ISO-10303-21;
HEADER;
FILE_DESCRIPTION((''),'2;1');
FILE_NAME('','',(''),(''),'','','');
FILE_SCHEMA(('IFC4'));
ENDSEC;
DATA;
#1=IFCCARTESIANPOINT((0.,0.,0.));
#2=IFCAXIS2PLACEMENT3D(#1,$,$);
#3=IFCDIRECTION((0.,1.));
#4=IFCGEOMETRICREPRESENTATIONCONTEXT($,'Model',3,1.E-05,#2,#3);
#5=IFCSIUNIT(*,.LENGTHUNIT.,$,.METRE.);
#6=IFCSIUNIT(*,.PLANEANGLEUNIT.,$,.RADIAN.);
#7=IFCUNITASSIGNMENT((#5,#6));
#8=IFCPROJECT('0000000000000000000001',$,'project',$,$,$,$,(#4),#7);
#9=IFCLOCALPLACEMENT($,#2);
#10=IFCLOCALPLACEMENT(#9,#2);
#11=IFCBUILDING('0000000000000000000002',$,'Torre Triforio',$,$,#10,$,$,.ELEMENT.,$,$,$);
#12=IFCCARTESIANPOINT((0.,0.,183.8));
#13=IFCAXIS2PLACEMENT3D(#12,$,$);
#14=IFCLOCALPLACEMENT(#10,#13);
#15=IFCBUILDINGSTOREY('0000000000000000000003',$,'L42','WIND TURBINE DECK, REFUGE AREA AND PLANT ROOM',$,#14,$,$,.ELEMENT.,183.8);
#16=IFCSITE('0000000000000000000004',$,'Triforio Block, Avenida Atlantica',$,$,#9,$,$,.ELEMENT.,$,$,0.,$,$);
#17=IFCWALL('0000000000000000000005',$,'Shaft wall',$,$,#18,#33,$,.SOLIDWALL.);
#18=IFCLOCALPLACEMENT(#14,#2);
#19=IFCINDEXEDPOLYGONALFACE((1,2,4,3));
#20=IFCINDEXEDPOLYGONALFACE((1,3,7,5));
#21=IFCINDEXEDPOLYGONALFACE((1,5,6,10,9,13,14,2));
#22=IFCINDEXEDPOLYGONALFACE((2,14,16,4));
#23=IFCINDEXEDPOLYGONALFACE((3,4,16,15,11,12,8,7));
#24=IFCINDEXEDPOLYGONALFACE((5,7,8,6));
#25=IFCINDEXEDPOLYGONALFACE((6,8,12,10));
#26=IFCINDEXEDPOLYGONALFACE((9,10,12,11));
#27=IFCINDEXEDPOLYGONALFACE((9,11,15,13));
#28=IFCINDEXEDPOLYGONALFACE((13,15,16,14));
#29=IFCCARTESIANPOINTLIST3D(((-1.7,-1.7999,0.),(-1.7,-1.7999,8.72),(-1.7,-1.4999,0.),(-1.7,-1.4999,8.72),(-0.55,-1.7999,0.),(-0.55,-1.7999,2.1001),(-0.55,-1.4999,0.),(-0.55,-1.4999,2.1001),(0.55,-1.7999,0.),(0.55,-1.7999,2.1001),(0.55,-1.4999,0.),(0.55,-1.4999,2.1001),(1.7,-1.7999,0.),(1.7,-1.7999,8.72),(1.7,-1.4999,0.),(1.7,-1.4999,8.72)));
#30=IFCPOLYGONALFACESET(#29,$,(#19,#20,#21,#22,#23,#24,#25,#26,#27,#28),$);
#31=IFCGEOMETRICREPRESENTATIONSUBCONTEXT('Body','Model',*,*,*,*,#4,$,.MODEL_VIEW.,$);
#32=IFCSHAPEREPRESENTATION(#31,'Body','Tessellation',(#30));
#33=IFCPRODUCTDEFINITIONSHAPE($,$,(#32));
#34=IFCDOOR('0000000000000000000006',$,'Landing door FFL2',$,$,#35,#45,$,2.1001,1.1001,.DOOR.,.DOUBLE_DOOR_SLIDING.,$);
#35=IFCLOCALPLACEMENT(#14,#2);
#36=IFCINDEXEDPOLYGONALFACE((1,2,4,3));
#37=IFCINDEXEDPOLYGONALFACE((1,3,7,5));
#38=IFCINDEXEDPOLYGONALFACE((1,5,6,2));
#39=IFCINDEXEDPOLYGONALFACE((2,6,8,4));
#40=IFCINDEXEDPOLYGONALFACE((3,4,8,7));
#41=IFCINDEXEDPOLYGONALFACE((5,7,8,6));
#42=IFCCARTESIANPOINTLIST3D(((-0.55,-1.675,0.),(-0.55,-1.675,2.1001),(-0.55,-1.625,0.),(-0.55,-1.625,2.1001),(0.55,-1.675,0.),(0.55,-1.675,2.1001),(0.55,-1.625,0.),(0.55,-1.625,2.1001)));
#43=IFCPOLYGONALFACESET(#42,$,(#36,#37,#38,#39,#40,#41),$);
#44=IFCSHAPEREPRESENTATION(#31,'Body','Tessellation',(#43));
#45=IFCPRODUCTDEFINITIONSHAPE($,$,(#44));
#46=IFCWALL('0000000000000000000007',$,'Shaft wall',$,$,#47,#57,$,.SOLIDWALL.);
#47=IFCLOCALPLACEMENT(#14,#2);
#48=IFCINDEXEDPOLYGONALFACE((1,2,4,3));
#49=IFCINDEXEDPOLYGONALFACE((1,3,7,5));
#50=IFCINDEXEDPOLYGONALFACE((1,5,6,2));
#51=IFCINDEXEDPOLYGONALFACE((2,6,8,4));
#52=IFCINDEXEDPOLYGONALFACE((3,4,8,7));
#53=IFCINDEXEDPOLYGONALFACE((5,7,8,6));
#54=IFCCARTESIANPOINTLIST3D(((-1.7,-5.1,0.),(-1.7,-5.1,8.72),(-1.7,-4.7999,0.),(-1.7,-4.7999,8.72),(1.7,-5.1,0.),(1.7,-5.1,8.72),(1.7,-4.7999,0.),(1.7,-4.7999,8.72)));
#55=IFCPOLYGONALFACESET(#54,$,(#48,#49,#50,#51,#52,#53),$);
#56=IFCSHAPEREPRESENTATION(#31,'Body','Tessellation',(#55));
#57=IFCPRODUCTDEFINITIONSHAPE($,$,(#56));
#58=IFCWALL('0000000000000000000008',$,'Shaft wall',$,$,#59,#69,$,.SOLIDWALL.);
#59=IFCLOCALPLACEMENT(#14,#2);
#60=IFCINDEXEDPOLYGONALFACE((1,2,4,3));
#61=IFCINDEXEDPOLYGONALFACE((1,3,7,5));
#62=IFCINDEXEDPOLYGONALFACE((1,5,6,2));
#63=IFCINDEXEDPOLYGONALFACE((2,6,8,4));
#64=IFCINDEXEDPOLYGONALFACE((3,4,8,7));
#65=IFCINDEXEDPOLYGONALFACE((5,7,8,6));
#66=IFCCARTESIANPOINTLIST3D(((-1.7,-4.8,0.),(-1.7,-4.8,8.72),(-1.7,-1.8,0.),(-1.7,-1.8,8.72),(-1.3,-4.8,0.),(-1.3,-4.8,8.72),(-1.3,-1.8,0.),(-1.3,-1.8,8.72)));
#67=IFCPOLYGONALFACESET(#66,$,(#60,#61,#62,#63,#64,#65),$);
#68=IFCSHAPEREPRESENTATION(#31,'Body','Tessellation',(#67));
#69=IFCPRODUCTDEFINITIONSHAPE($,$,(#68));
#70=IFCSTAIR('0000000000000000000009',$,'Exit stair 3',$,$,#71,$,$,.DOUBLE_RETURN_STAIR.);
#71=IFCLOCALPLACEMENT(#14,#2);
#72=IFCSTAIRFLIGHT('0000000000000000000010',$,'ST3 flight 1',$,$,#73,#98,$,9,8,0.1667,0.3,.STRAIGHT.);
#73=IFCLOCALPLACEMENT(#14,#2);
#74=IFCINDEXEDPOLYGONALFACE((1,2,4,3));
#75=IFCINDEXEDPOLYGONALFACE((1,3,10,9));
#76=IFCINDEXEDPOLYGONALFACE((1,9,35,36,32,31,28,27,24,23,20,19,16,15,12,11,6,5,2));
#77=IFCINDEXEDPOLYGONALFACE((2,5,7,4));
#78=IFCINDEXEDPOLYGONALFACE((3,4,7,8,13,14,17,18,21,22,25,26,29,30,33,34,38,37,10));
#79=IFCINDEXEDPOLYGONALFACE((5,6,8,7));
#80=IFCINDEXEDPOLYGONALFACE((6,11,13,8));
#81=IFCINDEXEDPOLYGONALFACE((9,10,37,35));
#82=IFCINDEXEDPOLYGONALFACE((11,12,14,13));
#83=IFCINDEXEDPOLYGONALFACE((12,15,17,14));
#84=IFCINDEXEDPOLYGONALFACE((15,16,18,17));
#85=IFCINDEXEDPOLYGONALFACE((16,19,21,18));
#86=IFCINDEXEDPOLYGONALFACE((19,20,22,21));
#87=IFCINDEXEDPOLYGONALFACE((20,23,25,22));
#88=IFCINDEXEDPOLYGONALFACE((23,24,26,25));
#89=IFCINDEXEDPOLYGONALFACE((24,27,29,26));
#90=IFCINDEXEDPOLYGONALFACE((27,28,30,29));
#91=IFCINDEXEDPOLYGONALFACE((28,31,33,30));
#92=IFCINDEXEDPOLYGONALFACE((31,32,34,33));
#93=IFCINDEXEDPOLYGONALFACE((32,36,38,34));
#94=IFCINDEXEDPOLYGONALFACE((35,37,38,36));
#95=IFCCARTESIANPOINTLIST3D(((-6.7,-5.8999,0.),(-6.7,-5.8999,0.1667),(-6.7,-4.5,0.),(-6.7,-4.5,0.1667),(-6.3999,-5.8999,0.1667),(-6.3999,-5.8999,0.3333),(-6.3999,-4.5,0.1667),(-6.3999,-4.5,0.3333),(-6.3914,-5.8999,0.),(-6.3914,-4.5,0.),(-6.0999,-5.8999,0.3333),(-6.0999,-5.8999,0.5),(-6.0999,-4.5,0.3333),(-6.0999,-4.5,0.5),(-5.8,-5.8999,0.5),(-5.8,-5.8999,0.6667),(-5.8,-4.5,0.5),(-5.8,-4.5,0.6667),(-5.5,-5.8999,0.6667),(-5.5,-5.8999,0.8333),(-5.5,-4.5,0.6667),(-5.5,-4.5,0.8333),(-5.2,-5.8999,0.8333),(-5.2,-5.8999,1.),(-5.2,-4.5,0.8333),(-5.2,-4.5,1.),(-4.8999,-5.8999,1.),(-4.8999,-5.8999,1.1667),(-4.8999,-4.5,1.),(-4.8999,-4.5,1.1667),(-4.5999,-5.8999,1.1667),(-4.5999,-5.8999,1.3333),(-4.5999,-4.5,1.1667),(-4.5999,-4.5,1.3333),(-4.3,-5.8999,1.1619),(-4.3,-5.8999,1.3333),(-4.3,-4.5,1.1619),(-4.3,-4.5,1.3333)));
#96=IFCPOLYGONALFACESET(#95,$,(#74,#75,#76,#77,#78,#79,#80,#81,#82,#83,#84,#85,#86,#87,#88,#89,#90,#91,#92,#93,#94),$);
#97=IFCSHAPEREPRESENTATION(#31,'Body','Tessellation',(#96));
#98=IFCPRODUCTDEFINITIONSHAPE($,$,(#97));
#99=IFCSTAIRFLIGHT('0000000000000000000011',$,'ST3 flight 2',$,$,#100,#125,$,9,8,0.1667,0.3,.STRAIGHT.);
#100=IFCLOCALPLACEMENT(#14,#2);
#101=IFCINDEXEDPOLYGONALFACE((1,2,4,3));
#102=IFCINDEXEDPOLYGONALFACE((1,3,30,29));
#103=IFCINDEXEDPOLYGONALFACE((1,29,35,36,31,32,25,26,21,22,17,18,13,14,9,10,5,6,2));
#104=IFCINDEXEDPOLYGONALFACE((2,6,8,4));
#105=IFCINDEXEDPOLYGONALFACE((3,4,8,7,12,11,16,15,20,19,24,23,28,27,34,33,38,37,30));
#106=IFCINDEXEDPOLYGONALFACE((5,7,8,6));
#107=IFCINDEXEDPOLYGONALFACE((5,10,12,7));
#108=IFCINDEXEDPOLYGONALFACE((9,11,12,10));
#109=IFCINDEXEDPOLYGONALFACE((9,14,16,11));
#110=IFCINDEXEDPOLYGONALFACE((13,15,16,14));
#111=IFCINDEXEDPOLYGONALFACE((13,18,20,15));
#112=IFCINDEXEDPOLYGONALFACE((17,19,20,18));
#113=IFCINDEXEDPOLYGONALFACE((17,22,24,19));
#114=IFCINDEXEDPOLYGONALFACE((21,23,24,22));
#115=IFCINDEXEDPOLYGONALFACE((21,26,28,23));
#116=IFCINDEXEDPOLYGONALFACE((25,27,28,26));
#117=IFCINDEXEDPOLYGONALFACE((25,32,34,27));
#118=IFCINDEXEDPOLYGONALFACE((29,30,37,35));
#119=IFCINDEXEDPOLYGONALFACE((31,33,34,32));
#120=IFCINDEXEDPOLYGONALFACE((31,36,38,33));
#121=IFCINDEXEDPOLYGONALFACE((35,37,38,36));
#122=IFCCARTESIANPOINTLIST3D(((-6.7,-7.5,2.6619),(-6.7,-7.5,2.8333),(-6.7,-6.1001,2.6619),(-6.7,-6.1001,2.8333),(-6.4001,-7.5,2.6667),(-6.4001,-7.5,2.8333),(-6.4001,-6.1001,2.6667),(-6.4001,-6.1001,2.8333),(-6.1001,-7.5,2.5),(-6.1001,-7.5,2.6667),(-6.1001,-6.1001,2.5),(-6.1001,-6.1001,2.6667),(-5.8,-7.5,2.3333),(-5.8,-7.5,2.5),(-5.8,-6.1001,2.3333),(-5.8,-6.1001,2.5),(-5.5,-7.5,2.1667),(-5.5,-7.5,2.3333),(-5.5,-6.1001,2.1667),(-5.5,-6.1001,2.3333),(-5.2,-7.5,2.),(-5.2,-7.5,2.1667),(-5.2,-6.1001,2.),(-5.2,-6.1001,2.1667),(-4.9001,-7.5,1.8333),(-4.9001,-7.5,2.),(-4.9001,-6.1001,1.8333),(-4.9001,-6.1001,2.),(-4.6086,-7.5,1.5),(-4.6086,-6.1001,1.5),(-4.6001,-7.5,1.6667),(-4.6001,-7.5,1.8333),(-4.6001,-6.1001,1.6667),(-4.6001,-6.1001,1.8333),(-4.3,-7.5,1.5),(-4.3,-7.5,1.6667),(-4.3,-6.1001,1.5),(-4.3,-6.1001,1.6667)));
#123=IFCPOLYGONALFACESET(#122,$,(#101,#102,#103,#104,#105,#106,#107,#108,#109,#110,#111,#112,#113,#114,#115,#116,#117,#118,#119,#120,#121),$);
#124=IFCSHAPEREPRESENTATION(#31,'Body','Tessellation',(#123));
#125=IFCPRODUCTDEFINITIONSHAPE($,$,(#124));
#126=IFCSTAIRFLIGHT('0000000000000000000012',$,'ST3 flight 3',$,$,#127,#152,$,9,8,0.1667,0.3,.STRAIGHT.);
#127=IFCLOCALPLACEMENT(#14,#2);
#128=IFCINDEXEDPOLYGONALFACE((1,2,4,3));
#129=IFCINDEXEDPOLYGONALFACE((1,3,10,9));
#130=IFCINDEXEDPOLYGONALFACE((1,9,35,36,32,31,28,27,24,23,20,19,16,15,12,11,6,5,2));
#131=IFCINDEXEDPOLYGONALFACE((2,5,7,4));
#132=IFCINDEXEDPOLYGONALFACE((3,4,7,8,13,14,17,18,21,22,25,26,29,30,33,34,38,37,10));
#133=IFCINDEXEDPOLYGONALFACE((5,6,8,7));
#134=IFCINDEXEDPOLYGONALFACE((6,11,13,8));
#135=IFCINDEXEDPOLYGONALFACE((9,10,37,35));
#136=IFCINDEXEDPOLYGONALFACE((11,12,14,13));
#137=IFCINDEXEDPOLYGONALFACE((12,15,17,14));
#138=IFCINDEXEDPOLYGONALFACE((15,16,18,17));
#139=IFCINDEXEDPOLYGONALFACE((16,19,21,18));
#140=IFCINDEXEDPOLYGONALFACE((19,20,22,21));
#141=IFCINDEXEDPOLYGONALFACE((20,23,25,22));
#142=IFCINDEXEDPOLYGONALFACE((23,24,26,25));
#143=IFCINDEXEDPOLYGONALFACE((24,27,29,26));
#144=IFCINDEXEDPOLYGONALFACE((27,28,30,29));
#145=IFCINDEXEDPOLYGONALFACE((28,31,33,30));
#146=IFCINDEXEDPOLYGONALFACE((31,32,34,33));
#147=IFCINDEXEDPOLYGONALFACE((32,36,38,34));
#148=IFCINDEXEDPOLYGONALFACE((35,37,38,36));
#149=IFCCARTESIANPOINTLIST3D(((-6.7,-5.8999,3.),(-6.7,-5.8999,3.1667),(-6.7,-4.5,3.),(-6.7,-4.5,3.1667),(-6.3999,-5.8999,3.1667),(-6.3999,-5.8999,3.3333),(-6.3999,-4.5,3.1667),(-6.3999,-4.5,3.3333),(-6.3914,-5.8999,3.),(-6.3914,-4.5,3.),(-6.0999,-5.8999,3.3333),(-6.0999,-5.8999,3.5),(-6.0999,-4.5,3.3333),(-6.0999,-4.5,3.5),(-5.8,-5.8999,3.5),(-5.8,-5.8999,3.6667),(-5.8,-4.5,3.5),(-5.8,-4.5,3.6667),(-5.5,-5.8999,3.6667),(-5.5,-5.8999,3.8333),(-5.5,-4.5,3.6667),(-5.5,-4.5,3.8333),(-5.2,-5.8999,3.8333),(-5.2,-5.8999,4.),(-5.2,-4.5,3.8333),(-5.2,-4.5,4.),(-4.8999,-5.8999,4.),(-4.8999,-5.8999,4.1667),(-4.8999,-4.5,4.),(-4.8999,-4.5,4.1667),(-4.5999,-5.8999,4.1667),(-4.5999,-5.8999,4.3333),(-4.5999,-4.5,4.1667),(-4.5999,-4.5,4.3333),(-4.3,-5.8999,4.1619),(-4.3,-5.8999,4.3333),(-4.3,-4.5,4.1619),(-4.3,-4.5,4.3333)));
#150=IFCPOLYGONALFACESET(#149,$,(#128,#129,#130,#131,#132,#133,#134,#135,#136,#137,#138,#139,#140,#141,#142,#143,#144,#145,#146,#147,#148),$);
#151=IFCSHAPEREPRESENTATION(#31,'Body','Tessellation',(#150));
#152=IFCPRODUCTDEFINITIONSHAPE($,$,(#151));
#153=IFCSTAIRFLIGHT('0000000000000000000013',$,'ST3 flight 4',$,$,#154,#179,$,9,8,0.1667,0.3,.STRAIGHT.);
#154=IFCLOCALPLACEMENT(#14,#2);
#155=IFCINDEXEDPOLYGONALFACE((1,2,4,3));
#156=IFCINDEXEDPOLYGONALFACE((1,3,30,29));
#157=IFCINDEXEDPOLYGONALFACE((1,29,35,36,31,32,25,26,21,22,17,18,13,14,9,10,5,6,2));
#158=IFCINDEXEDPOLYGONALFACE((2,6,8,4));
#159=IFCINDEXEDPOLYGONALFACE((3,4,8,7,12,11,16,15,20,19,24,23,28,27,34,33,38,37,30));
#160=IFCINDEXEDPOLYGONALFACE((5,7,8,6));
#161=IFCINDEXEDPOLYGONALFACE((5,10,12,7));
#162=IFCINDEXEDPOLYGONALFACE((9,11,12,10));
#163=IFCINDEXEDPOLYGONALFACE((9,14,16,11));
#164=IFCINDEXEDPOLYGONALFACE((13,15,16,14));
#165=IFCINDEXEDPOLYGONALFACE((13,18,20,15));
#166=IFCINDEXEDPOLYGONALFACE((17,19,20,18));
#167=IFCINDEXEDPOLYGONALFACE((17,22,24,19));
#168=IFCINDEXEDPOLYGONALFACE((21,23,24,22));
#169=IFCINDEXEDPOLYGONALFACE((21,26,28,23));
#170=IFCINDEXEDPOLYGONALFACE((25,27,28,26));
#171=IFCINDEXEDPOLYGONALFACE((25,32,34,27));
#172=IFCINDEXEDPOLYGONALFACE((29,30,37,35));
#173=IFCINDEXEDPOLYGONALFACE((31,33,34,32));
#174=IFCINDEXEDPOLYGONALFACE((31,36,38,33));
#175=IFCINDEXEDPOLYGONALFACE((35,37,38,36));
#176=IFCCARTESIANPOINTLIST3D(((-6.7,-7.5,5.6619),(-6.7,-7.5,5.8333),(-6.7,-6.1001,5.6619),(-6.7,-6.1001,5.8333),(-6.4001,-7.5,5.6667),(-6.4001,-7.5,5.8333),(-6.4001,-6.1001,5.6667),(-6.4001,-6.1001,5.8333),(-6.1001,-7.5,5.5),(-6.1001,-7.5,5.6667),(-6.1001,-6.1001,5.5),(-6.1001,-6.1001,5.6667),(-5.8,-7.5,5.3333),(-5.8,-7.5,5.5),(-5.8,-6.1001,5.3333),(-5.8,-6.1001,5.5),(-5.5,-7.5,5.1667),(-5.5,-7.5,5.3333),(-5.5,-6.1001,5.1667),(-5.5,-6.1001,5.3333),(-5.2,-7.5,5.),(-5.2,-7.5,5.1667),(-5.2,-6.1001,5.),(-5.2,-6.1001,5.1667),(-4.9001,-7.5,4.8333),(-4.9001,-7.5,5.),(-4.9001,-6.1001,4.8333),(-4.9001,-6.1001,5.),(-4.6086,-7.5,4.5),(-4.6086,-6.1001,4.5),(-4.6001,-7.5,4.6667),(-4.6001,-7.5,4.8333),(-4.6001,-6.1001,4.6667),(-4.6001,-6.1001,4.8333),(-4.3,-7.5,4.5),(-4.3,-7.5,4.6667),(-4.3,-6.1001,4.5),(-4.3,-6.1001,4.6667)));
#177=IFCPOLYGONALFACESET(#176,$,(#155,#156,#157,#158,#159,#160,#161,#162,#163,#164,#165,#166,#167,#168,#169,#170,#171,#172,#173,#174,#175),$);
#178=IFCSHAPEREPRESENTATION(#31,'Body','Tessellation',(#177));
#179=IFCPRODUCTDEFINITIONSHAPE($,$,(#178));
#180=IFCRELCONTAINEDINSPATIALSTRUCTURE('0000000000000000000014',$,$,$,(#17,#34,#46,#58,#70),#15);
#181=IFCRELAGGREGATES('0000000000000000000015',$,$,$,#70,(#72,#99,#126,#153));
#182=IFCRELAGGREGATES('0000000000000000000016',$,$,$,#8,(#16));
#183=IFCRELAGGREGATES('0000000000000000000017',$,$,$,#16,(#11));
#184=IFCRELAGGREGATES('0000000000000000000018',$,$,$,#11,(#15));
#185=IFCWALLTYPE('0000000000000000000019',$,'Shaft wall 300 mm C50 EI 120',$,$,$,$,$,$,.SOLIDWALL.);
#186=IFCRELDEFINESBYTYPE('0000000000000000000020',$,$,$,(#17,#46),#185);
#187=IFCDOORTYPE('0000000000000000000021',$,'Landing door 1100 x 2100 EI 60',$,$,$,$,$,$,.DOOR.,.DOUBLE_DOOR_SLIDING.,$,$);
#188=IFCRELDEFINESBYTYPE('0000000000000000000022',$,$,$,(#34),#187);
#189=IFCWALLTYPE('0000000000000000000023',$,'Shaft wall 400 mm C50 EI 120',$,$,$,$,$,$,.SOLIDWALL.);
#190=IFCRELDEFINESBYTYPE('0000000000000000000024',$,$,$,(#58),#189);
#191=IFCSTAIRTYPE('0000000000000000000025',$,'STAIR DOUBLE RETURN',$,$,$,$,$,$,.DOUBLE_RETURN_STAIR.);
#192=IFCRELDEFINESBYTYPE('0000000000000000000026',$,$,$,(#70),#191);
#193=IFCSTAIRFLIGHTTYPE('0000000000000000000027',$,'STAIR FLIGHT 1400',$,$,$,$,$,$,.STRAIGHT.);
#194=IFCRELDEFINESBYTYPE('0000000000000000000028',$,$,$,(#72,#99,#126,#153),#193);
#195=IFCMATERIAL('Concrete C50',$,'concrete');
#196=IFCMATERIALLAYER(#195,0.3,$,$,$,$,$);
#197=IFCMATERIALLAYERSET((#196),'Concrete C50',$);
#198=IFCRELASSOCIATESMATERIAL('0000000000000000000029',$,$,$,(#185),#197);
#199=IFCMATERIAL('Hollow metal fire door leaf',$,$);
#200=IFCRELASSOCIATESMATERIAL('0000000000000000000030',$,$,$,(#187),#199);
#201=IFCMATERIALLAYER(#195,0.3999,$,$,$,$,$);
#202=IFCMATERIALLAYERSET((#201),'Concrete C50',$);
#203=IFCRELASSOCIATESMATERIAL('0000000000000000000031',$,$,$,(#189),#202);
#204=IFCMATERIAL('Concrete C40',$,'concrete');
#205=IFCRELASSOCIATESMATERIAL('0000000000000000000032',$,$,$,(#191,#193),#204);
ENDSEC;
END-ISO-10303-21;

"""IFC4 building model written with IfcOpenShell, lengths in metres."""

from ifc_helpers import new_model, si_unit, direction, frame, frame_2d, origin, place, context, subcontext, project, spatial, polyline, rectangle, outline, extrude, material, layer, layer_set, type_object, element, fill, aggregate, save


model = new_model("IFC4")

# Units and contexts
model_context = context("Model", 3, precision=1e-05, world=origin(), true_north=direction((0.0, 1.0)))
body_context = subcontext(model_context, "Body", "Model", "MODEL_VIEW")
ifc_project = project(units=[si_unit("LENGTHUNIT", "METRE"), si_unit("PLANEANGLEUNIT", "RADIAN")], contexts=[model_context])

# Site, building, storey
site_placement = place(None, origin())
site = spatial("IfcSite", under=ifc_project, at=site_placement, Name="Triforio Block, Avenida Atlantica", CompositionType="ELEMENT", RefElevation=0.0)
building_placement = place(site_placement, origin())
building = spatial("IfcBuilding", under=site, at=building_placement, Name="Torre Triforio", CompositionType="ELEMENT")
storey_placement = place(building_placement, frame((0.0, 0.0, 183.8)))
storey = spatial("IfcBuildingStorey", under=building, at=storey_placement, Name="L42", Description="WIND TURBINE DECK, REFUGE AREA AND PLANT ROOM", CompositionType="ELEMENT", Elevation=183.8)

# Shared definitions
ifc_material_1 = material(Name="Concrete C40", Category="concrete")

# Shared definitions
ifc_material_2 = material(Name="Hollow metal fire door leaf")

# Shared definitions
ifc_material_3 = material(Name="Concrete C50", Category="concrete")
ifc_layer_1 = layer(ifc_material_3, 0.3)
ifc_layer_set_1 = layer_set([ifc_layer_1], Name="Concrete C50")
wall_type_1 = type_object("IfcWallType", Name="Shaft wall 300 mm C50 EI 120", PredefinedType="SOLIDWALL", material=ifc_layer_set_1)

# Wall, opening, door
wall_1_placement = place(storey_placement, frame((-1.7, -1.6499, 0.0), z_axis=(0.0, 0.0, 1.0), x_axis=(1.0, 0.0, 0.0)))
wall_1 = element("IfcWall", 1, at=wall_1_placement, inside=storey, type_object=wall_type_1, Name="Shaft wall", PredefinedType="SOLIDWALL", context=body_context, shape_type="SweptSolid", body=[
    extrude(rectangle(XDim=3.3999, YDim=0.3, at=frame_2d((1.7, 0.0))), origin(), (0.0, 0.0, 1.0), 8.72),
])
opening_1_placement = place(wall_1_placement, frame((1.1499, 0.0, 0.0)))
opening_1 = element("IfcOpeningElement", 2, at=opening_1_placement, cuts=wall_1, PredefinedType="OPENING", context=body_context, shape_type="SweptSolid", body=[
    extrude(rectangle(XDim=1.1001, YDim=2.1001, at=frame_2d((0.55, 1.05))), frame((0.0, 0.1599, 0.0), z_axis=(0.0, -1.0, 0.0), x_axis=(1.0, 0.0, 0.0)), (0.0, 0.0, 1.0), 0.3201),
])
door_type_1 = type_object("IfcDoorType", Name="Landing door 1100 x 2100 EI 60", OperationType="DOUBLE_DOOR_SLIDING", PredefinedType="DOOR", material=ifc_material_2)
door_1_placement = place(opening_1_placement, origin())
door_1 = element("IfcDoor", 3, at=door_1_placement, inside=storey, type_object=door_type_1, Name="Landing door FFL2", OperationType="DOUBLE_DOOR_SLIDING", OverallHeight=2.1001, OverallWidth=1.1001, PredefinedType="DOOR", context=body_context, shape_type="SweptSolid", body=[
    extrude(rectangle(XDim=1.1001, YDim=2.1001, at=frame_2d((0.55, 1.05))), frame((0.0, 0.0249, 0.0), z_axis=(0.0, -1.0, 0.0), x_axis=(1.0, 0.0, 0.0)), (0.0, 0.0, 1.0), 0.05),
])
fill(opening_1, door_1)

# Walls
wall_2_placement = place(storey_placement, frame((-1.7, -4.95, 0.0), z_axis=(0.0, 0.0, 1.0), x_axis=(1.0, 0.0, 0.0)))
element("IfcWall", 4, at=wall_2_placement, inside=storey, type_object=wall_type_1, Name="Shaft wall", PredefinedType="SOLIDWALL", context=body_context, shape_type="SweptSolid", body=[
    extrude(rectangle(XDim=3.3999, YDim=0.3, at=frame_2d((1.7, 0.0))), origin(), (0.0, 0.0, 1.0), 8.72),
])
ifc_layer_2 = layer(ifc_material_3, 0.3999)
ifc_layer_set_2 = layer_set([ifc_layer_2], Name="Concrete C50")
wall_type_2 = type_object("IfcWallType", Name="Shaft wall 400 mm C50 EI 120", PredefinedType="SOLIDWALL", material=ifc_layer_set_2)
wall_3_placement = place(storey_placement, frame((-1.5, -4.8, 0.0), z_axis=(0.0, 0.0, 1.0), x_axis=(0.0, 1.0, 0.0)))
element("IfcWall", 5, at=wall_3_placement, inside=storey, type_object=wall_type_2, Name="Shaft wall", PredefinedType="SOLIDWALL", context=body_context, shape_type="SweptSolid", body=[
    extrude(rectangle(XDim=3.0, YDim=0.3999, at=frame_2d((1.5, 0.0))), origin(), (0.0, 0.0, 1.0), 8.72),
])

# Stair, stair flights
stair_type = type_object("IfcStairType", Name="STAIR DOUBLE RETURN", PredefinedType="DOUBLE_RETURN_STAIR", material=ifc_material_1)
stair_placement = place(storey_placement, origin())
stair = element("IfcStair", 6, at=stair_placement, inside=storey, type_object=stair_type, Name="Exit stair 3", PredefinedType="DOUBLE_RETURN_STAIR")
stair_flight_type = type_object("IfcStairFlightType", Name="STAIR FLIGHT 1400", PredefinedType="STRAIGHT", material=ifc_material_1)
stair_flight_1_placement = place(storey_placement, frame((-6.7, -5.2, 0.0), z_axis=(0.0, 0.0, 1.0), x_axis=(1.0, 0.0, 0.0)))
stair_flight_1 = element("IfcStairFlight", 7, at=stair_flight_1_placement, type_object=stair_flight_type, Name="ST3 flight 1", NumberOfRisers=9, NumberOfTreads=8, PredefinedType="STRAIGHT", RiserHeight=0.1667, TreadLength=0.3, context=body_context, shape_type="SweptSolid", body=[
    extrude(outline(polyline([(0.0, 0.0), (0.0, 0.1667), (0.3, 0.1667), (0.3, 0.3333), (0.6001, 0.3333), (0.6001, 0.5), (0.8999, 0.5), (0.8999, 0.6667), (1.2, 0.6667), (1.2, 0.8333), (1.5, 0.8333), (1.5, 1.0), (1.8, 1.0), (1.8, 1.1667), (2.1001, 1.1667), (2.1001, 1.3333), (2.3999, 1.3333), (2.3999, 1.5), (2.3999, 1.1619), (0.3086, 0.0), (0.0, 0.0)])), frame((0.0, 0.7, 0.0), z_axis=(0.0, -1.0, 0.0), x_axis=(1.0, 0.0, 0.0)), (0.0, 0.0, 1.0), 1.3999),
])
stair_flight_2_placement = place(storey_placement, frame((-4.3, -6.8, 1.5), z_axis=(0.0, 0.0, 1.0), x_axis=(-1.0, 0.0, 0.0)))
stair_flight_2 = element("IfcStairFlight", 8, at=stair_flight_2_placement, type_object=stair_flight_type, Name="ST3 flight 2", NumberOfRisers=9, NumberOfTreads=8, PredefinedType="STRAIGHT", RiserHeight=0.1667, TreadLength=0.3, context=body_context, shape_type="SweptSolid", body=[
    extrude(outline(polyline([(0.0, 0.0), (0.0, 0.1667), (0.3, 0.1667), (0.3, 0.3333), (0.6001, 0.3333), (0.6001, 0.5), (0.8999, 0.5), (0.8999, 0.6667), (1.2, 0.6667), (1.2, 0.8333), (1.5, 0.8333), (1.5, 1.0), (1.8, 1.0), (1.8, 1.1667), (2.1001, 1.1667), (2.1001, 1.3333), (2.3999, 1.3333), (2.3999, 1.5), (2.3999, 1.1619), (0.3086, 0.0), (0.0, 0.0)])), frame((0.0, 0.7, 0.0), z_axis=(0.0, -1.0, 0.0), x_axis=(1.0, 0.0, 0.0)), (0.0, 0.0, 1.0), 1.3999),
])
stair_flight_3_placement = place(storey_placement, frame((-6.7, -5.2, 3.0), z_axis=(0.0, 0.0, 1.0), x_axis=(1.0, 0.0, 0.0)))
stair_flight_3 = element("IfcStairFlight", 9, at=stair_flight_3_placement, type_object=stair_flight_type, Name="ST3 flight 3", NumberOfRisers=9, NumberOfTreads=8, PredefinedType="STRAIGHT", RiserHeight=0.1667, TreadLength=0.3, context=body_context, shape_type="SweptSolid", body=[
    extrude(outline(polyline([(0.0, 0.0), (0.0, 0.1667), (0.3, 0.1667), (0.3, 0.3333), (0.6001, 0.3333), (0.6001, 0.5), (0.8999, 0.5), (0.8999, 0.6667), (1.2, 0.6667), (1.2, 0.8333), (1.5, 0.8333), (1.5, 1.0), (1.8, 1.0), (1.8, 1.1667), (2.1001, 1.1667), (2.1001, 1.3333), (2.3999, 1.3333), (2.3999, 1.5), (2.3999, 1.1619), (0.3086, 0.0), (0.0, 0.0)])), frame((0.0, 0.7, 0.0), z_axis=(0.0, -1.0, 0.0), x_axis=(1.0, 0.0, 0.0)), (0.0, 0.0, 1.0), 1.3999),
])
stair_flight_4_placement = place(storey_placement, frame((-4.3, -6.8, 4.5), z_axis=(0.0, 0.0, 1.0), x_axis=(-1.0, 0.0, 0.0)))
stair_flight_4 = element("IfcStairFlight", 10, at=stair_flight_4_placement, type_object=stair_flight_type, Name="ST3 flight 4", NumberOfRisers=9, NumberOfTreads=8, PredefinedType="STRAIGHT", RiserHeight=0.1667, TreadLength=0.3, context=body_context, shape_type="SweptSolid", body=[
    extrude(outline(polyline([(0.0, 0.0), (0.0, 0.1667), (0.3, 0.1667), (0.3, 0.3333), (0.6001, 0.3333), (0.6001, 0.5), (0.8999, 0.5), (0.8999, 0.6667), (1.2, 0.6667), (1.2, 0.8333), (1.5, 0.8333), (1.5, 1.0), (1.8, 1.0), (1.8, 1.1667), (2.1001, 1.1667), (2.1001, 1.3333), (2.3999, 1.3333), (2.3999, 1.5), (2.3999, 1.1619), (0.3086, 0.0), (0.0, 0.0)])), frame((0.0, 0.7, 0.0), z_axis=(0.0, -1.0, 0.0), x_axis=(1.0, 0.0, 0.0)), (0.0, 0.0, 1.0), 1.3999),
])
aggregate(stair, [stair_flight_1, stair_flight_2, stair_flight_3, stair_flight_4])

save(model, "model.ifc")
